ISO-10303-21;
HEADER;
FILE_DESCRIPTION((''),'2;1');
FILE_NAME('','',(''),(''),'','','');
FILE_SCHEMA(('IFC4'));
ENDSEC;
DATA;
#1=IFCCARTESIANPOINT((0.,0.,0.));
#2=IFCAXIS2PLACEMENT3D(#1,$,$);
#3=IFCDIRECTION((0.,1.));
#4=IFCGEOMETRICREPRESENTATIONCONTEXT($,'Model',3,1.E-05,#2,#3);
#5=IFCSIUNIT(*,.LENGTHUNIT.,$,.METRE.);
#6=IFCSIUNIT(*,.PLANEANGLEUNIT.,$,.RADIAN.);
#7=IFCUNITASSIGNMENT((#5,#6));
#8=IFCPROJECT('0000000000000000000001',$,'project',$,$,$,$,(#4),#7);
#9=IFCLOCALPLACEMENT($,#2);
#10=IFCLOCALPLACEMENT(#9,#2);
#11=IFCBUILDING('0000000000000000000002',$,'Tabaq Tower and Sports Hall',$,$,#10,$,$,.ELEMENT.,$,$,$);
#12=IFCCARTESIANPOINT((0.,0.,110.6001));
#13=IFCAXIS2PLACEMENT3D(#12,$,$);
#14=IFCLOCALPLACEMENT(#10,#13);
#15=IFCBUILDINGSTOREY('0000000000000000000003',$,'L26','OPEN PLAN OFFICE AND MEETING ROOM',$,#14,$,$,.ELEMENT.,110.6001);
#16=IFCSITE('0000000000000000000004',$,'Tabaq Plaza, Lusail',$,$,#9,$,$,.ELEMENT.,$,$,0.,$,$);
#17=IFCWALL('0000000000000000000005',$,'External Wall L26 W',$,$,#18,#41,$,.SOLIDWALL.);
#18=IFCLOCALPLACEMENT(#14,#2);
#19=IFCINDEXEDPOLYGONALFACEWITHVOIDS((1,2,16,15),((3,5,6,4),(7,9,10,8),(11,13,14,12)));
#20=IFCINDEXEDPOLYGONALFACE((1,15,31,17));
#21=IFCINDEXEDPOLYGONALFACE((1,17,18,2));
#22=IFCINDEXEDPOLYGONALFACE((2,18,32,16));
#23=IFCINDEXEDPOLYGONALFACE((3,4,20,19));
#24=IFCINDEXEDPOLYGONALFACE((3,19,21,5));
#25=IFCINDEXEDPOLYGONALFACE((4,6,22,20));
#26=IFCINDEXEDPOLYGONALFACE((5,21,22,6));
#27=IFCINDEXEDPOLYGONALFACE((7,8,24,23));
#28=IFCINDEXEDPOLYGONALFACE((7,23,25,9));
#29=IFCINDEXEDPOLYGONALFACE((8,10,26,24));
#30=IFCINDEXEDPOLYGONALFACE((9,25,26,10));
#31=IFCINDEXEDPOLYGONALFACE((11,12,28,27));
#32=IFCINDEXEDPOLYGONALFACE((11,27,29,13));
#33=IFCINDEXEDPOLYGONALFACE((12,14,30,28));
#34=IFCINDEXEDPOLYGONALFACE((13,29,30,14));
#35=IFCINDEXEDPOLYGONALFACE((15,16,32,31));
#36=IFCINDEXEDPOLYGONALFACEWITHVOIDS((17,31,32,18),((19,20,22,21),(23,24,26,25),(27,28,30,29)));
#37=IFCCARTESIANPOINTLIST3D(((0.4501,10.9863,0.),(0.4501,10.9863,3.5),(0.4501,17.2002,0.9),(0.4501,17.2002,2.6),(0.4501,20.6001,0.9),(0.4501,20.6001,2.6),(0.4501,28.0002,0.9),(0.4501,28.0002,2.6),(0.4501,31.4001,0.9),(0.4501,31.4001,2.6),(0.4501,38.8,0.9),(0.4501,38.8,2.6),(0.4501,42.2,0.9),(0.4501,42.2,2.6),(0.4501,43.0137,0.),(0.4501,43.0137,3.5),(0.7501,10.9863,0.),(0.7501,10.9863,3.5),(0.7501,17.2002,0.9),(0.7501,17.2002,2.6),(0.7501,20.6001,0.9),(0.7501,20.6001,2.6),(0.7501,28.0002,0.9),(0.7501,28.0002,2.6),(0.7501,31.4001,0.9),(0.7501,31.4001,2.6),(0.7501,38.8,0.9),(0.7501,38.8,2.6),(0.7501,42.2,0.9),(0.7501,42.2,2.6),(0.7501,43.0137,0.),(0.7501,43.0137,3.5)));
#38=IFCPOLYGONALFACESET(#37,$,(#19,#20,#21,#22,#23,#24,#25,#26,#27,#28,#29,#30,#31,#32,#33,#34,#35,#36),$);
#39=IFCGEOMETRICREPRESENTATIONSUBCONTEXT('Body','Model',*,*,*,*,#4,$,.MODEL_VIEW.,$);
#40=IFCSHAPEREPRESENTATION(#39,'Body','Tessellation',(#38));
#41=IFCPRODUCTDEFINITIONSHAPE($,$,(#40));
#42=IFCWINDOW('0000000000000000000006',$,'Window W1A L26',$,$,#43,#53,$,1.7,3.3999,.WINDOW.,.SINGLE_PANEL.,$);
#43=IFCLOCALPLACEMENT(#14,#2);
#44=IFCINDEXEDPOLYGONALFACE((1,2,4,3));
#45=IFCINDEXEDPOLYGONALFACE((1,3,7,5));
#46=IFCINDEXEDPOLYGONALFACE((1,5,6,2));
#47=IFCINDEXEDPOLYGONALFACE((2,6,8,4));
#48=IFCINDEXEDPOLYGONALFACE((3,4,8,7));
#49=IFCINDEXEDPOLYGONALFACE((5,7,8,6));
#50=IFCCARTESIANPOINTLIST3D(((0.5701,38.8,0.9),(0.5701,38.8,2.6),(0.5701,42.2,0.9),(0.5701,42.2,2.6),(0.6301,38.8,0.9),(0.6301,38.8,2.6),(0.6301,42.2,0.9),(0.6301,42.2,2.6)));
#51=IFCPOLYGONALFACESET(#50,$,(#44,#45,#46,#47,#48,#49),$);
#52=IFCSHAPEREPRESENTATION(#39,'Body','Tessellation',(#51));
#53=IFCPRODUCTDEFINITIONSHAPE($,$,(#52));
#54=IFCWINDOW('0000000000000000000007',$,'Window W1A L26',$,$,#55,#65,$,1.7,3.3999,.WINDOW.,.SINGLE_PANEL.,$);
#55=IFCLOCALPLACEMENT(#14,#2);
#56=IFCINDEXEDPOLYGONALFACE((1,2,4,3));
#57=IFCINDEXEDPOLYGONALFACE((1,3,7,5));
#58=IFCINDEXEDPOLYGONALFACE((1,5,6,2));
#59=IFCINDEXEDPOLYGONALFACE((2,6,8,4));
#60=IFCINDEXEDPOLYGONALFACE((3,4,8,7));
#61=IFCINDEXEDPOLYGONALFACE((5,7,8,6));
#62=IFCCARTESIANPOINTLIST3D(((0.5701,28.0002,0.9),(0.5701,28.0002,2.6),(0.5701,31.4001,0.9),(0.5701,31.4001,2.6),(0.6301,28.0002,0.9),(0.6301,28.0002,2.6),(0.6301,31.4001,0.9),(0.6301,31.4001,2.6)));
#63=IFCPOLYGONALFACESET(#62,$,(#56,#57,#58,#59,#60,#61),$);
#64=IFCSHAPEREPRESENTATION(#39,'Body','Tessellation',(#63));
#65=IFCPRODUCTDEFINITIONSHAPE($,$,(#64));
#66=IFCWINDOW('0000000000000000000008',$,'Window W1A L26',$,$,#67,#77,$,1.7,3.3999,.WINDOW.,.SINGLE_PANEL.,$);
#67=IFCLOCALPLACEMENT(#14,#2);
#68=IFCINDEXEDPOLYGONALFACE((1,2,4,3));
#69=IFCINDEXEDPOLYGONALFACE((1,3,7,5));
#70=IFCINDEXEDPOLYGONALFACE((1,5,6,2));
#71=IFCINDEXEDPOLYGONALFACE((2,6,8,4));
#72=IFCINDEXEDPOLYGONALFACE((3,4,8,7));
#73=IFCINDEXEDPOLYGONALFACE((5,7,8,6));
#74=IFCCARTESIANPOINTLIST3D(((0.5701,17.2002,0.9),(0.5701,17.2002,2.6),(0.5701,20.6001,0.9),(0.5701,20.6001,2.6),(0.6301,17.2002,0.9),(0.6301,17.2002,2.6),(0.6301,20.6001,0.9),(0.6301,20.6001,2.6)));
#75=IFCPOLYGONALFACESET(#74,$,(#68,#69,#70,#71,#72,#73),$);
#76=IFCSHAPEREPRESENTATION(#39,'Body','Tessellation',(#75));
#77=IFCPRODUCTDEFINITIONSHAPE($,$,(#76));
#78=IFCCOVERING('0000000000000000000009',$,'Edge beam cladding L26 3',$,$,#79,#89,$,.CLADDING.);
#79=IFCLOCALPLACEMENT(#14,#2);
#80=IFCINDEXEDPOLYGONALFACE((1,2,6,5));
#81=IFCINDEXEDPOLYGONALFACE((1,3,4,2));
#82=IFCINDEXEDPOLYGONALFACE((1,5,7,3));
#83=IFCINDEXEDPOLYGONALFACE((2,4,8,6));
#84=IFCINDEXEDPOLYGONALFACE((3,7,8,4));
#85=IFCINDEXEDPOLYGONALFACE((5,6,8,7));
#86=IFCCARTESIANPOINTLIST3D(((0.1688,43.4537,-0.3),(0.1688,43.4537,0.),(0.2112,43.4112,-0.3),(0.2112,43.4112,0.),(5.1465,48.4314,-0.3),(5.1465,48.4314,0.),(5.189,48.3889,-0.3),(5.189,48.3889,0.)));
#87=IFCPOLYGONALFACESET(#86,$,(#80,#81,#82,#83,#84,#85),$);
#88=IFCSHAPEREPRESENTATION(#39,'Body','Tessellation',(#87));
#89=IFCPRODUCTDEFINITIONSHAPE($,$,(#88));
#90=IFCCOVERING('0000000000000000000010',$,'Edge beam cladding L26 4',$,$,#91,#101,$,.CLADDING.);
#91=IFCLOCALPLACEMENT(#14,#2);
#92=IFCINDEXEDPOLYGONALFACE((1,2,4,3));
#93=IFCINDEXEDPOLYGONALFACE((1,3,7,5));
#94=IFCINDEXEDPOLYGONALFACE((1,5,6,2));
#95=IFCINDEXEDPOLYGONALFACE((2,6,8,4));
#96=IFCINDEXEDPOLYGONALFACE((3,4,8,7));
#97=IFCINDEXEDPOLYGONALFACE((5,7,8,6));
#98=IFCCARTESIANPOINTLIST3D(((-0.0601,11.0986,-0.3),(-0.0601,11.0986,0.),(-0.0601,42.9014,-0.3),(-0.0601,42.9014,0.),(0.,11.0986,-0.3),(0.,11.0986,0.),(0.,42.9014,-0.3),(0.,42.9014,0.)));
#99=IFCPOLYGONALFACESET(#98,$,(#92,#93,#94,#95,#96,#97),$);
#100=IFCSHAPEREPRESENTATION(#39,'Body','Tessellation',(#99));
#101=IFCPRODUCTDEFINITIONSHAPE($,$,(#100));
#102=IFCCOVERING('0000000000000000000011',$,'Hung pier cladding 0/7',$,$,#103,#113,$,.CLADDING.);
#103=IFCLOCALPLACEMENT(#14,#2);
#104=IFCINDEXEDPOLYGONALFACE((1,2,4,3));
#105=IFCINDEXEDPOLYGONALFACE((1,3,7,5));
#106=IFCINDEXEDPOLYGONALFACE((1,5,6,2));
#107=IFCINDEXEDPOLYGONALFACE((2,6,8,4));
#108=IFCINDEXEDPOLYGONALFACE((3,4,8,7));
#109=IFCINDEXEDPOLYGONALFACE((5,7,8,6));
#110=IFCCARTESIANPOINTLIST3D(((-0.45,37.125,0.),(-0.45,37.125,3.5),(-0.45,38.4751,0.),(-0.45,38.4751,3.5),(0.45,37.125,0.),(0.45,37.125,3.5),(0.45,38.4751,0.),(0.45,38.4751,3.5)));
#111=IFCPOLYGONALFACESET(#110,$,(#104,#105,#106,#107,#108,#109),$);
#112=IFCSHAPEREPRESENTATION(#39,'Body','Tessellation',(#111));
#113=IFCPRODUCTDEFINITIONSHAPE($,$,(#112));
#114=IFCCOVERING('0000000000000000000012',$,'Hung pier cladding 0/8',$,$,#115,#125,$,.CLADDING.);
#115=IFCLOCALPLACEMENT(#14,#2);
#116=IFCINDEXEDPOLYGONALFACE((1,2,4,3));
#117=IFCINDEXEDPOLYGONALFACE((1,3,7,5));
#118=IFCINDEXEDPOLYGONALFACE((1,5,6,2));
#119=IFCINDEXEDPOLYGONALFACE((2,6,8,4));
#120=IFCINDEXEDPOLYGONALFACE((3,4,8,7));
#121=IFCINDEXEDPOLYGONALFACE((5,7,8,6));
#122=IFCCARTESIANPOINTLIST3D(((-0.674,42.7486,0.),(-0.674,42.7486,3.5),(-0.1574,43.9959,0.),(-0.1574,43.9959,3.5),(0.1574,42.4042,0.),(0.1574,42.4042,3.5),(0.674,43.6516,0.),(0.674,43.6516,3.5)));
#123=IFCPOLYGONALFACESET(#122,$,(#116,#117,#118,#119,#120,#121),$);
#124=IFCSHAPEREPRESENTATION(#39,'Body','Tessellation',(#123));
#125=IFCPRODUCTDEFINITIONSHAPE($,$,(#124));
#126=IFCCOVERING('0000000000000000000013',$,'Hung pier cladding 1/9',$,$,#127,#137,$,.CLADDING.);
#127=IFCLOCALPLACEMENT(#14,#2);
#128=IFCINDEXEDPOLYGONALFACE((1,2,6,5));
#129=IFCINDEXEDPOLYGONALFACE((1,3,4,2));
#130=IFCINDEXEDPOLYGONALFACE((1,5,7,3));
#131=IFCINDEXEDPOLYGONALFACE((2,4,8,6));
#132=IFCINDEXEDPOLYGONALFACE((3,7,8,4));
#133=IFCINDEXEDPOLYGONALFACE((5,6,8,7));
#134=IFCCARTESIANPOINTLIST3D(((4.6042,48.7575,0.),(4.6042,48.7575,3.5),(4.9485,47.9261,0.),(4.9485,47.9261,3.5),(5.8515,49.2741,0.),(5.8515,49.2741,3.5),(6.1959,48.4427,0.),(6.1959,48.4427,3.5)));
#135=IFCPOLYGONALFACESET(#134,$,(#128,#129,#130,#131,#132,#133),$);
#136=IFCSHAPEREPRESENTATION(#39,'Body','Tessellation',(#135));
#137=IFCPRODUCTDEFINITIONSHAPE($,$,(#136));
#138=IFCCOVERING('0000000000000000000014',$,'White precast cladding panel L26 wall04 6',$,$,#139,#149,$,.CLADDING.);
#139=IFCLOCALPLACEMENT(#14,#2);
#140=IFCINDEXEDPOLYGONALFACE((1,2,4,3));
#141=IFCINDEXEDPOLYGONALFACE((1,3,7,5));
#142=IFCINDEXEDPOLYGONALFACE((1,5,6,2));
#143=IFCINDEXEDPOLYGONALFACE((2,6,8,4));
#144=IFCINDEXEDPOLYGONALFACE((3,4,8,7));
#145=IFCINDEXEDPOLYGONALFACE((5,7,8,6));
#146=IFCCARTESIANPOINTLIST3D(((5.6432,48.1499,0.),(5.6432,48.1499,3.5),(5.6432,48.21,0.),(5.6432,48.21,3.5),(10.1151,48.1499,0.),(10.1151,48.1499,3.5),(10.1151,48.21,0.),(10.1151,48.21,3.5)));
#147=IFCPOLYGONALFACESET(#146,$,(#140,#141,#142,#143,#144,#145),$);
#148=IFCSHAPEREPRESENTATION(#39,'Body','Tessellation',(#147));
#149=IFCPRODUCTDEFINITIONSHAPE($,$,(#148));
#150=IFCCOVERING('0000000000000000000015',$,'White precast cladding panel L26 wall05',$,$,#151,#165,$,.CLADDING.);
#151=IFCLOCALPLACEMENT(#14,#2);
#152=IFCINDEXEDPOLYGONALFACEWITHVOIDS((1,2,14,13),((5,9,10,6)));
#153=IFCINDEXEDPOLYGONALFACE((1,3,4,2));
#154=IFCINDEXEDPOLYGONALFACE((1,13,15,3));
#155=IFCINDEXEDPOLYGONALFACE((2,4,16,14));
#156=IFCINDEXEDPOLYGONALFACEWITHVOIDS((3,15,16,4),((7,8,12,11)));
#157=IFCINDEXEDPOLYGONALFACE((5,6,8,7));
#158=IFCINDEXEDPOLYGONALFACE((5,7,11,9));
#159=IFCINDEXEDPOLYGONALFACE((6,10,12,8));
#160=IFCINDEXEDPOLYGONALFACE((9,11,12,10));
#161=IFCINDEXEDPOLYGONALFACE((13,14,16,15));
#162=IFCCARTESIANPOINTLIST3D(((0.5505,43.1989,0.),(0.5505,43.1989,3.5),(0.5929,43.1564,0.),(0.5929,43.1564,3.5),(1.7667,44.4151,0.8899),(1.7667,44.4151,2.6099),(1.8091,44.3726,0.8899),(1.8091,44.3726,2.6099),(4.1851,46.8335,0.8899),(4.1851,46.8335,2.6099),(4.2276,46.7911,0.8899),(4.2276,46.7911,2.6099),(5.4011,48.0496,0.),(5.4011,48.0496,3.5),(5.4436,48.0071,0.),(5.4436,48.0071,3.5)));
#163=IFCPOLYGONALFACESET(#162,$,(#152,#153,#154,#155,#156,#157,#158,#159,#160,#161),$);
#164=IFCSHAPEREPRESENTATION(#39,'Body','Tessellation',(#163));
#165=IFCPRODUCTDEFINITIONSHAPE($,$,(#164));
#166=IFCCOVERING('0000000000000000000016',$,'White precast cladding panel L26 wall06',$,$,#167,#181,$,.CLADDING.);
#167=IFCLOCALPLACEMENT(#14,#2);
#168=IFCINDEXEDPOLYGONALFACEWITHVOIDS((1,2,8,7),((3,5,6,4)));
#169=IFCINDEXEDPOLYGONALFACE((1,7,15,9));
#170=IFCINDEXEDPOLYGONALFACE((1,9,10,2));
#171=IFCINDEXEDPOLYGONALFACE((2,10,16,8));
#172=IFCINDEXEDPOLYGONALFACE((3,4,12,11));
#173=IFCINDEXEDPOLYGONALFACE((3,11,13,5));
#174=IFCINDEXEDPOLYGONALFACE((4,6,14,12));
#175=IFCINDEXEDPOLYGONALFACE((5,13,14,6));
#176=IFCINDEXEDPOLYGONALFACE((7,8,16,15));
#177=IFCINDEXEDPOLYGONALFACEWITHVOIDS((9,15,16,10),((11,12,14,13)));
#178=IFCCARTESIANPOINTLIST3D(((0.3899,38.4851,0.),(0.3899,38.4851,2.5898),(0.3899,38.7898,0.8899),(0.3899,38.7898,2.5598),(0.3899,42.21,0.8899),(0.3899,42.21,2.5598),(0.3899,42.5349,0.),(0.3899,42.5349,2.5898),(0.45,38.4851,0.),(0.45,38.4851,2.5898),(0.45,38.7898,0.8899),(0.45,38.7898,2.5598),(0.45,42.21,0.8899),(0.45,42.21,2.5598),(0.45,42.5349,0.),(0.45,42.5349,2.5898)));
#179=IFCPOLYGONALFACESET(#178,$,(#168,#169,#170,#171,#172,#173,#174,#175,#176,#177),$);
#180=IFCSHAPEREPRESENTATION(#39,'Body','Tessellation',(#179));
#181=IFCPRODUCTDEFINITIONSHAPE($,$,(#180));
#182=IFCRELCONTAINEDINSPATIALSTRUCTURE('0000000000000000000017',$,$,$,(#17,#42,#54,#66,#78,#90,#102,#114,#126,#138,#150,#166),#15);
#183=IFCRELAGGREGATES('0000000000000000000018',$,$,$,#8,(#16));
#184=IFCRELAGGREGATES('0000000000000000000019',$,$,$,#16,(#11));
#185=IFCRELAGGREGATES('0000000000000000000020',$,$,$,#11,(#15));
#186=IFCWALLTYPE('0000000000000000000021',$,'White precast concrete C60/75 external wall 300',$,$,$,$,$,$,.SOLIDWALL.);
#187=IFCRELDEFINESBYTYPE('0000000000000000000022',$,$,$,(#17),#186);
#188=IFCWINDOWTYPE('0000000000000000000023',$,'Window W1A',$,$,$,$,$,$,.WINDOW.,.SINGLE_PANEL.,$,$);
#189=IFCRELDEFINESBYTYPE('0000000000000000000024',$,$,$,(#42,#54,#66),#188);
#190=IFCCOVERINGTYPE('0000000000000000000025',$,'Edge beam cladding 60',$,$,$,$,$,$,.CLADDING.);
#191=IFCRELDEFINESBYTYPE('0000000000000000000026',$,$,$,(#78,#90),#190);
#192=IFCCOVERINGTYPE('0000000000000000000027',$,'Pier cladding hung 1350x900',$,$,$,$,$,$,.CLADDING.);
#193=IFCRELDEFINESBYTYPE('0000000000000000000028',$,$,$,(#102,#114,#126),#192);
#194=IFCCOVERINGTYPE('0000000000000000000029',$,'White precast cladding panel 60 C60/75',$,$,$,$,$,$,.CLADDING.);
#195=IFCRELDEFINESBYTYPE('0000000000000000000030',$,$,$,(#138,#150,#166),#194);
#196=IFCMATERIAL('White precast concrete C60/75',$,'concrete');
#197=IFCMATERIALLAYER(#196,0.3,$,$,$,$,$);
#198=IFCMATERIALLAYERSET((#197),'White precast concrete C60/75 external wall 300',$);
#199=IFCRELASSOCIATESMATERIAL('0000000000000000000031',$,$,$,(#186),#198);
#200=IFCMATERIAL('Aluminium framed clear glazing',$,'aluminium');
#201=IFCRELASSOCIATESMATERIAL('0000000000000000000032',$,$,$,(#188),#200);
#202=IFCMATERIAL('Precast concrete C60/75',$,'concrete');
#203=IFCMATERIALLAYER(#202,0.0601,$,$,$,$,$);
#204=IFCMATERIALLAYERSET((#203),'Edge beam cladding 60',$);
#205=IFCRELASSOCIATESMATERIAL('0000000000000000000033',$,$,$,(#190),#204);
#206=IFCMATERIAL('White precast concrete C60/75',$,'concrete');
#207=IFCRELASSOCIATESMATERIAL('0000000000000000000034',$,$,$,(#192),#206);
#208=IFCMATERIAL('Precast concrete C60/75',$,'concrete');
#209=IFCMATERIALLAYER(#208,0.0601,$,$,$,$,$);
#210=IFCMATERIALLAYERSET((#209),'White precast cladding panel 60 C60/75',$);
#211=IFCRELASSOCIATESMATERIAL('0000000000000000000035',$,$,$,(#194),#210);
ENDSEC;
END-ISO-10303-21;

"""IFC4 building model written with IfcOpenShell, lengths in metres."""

from ifc_helpers import new_model, si_unit, direction, frame, frame_2d, origin, place, context, subcontext, project, spatial, polyline, rectangle, outline, extrude, material, layer, layer_set, type_object, element, fill, save


model = new_model("IFC4")

# Units and contexts
model_context = context("Model", 3, precision=1e-05, world=origin(), true_north=direction((0.0, 1.0)))
body_context = subcontext(model_context, "Body", "Model", "MODEL_VIEW")
ifc_project = project(units=[si_unit("LENGTHUNIT", "METRE"), si_unit("PLANEANGLEUNIT", "RADIAN")], contexts=[model_context])

# Site, building, storey
site_placement = place(None, origin())
site = spatial("IfcSite", under=ifc_project, at=site_placement, Name="Tabaq Plaza, Lusail", CompositionType="ELEMENT", RefElevation=0.0)
building_placement = place(site_placement, origin())
building = spatial("IfcBuilding", under=site, at=building_placement, Name="Tabaq Tower and Sports Hall", CompositionType="ELEMENT")
storey_placement = place(building_placement, frame((0.0, 0.0, 110.6001)))
storey = spatial("IfcBuildingStorey", under=building, at=storey_placement, Name="L26", Description="OPEN PLAN OFFICE AND MEETING ROOM", CompositionType="ELEMENT", Elevation=110.6001)

# Shared definitions
ifc_material_1 = material(Name="White precast concrete C60/75", Category="concrete")
ifc_layer_1 = layer(ifc_material_1, 0.3)
ifc_layer_set_1 = layer_set([ifc_layer_1], Name="White precast concrete C60/75 external wall 300")
wall_type_1 = type_object("IfcWallType", Name="White precast concrete C60/75 external wall 300", PredefinedType="SOLIDWALL", material=ifc_layer_set_1)
ifc_material_2 = material(Name="Aluminium framed clear glazing", Category="aluminium")
window_type = type_object("IfcWindowType", Name="Window W1A", PartitioningType="SINGLE_PANEL", PredefinedType="WINDOW", material=ifc_material_2)

# Wall, openings, windows
wall_1_placement = place(storey_placement, frame((0.6001, 43.0137, 0.0), z_axis=(0.0, 0.0, 1.0), x_axis=(0.0, -1.0, 0.0)))
wall_1 = element("IfcWall", 1, at=wall_1_placement, inside=storey, type_object=wall_type_1, Name="External Wall L26 W", PredefinedType="SOLIDWALL", context=body_context, shape_type="SweptSolid", body=[
    extrude(rectangle(XDim=32.0273, YDim=0.3, at=frame_2d((16.0137, 0.0))), origin(), (0.0, 0.0, 1.0), 3.5),
])
opening_1_placement = place(wall_1_placement, frame((0.8137, 0.0, 0.8999)))
opening_1 = element("IfcOpeningElement", 2, at=opening_1_placement, cuts=wall_1, PredefinedType="OPENING", context=body_context, shape_type="SweptSolid", body=[
    extrude(rectangle(XDim=3.3999, YDim=1.7, at=frame_2d((1.7, 0.8501))), frame((0.0, 0.1602, 0.0), z_axis=(0.0, -1.0, 0.0), x_axis=(1.0, 0.0, 0.0)), (0.0, 0.0, 1.0), 0.3201),
])
opening_2_placement = place(wall_1_placement, frame((11.6135, 0.0, 0.8999)))
opening_2 = element("IfcOpeningElement", 3, at=opening_2_placement, cuts=wall_1, PredefinedType="OPENING", context=body_context, shape_type="SweptSolid", body=[
    extrude(rectangle(XDim=3.3999, YDim=1.7, at=frame_2d((1.7, 0.8501))), frame((0.0, 0.1602, 0.0), z_axis=(0.0, -1.0, 0.0), x_axis=(1.0, 0.0, 0.0)), (0.0, 0.0, 1.0), 0.3201),
])
opening_3_placement = place(wall_1_placement, frame((22.4136, 0.0, 0.8999)))
opening_3 = element("IfcOpeningElement", 4, at=opening_3_placement, cuts=wall_1, PredefinedType="OPENING", context=body_context, shape_type="SweptSolid", body=[
    extrude(rectangle(XDim=3.3999, YDim=1.7, at=frame_2d((1.7, 0.8501))), frame((0.0, 0.1602, 0.0), z_axis=(0.0, -1.0, 0.0), x_axis=(1.0, 0.0, 0.0)), (0.0, 0.0, 1.0), 0.3201),
])
window_1_placement = place(opening_1_placement, origin())
window_1 = element("IfcWindow", 5, at=window_1_placement, inside=storey, type_object=window_type, Name="Window W1A L26", OverallHeight=1.7, OverallWidth=3.3999, PartitioningType="SINGLE_PANEL", PredefinedType="WINDOW", context=body_context, shape_type="SweptSolid", body=[
    extrude(rectangle(XDim=3.3999, YDim=1.7, at=frame_2d((1.7, 0.8501))), frame((0.0, 0.03, 0.0), z_axis=(0.0, -1.0, 0.0), x_axis=(1.0, 0.0, 0.0)), (0.0, 0.0, 1.0), 0.0601),
])
fill(opening_1, window_1)
window_2_placement = place(opening_2_placement, origin())
window_2 = element("IfcWindow", 6, at=window_2_placement, inside=storey, type_object=window_type, Name="Window W1A L26", OverallHeight=1.7, OverallWidth=3.3999, PartitioningType="SINGLE_PANEL", PredefinedType="WINDOW", context=body_context, shape_type="SweptSolid", body=[
    extrude(rectangle(XDim=3.3999, YDim=1.7, at=frame_2d((1.7, 0.8501))), frame((0.0, 0.03, 0.0), z_axis=(0.0, -1.0, 0.0), x_axis=(1.0, 0.0, 0.0)), (0.0, 0.0, 1.0), 0.0601),
])
fill(opening_2, window_2)
window_3_placement = place(opening_3_placement, origin())
window_3 = element("IfcWindow", 7, at=window_3_placement, inside=storey, type_object=window_type, Name="Window W1A L26", OverallHeight=1.7, OverallWidth=3.3999, PartitioningType="SINGLE_PANEL", PredefinedType="WINDOW", context=body_context, shape_type="SweptSolid", body=[
    extrude(rectangle(XDim=3.3999, YDim=1.7, at=frame_2d((1.7, 0.8501))), frame((0.0, 0.03, 0.0), z_axis=(0.0, -1.0, 0.0), x_axis=(1.0, 0.0, 0.0)), (0.0, 0.0, 1.0), 0.0601),
])
fill(opening_3, window_3)

# Coverings
ifc_material_3 = material(Name="Precast concrete C60/75", Category="concrete")
ifc_layer_2 = layer(ifc_material_3, 0.0601)
ifc_layer_set_2 = layer_set([ifc_layer_2], Name="Edge beam cladding 60")
covering_type_1 = type_object("IfcCoveringType", Name="Edge beam cladding 60", PredefinedType="CLADDING", material=ifc_layer_set_2)
covering_1_placement = place(storey_placement, frame((5.1677, 48.4102, -0.3), z_axis=(0.0, 0.0, 1.0), x_axis=(-0.707107, -0.707107, 0.0)))
element("IfcCovering", 8, at=covering_1_placement, inside=storey, type_object=covering_type_1, Name="Edge beam cladding L26 3", PredefinedType="CLADDING", context=body_context, shape_type="SweptSolid", body=[
    extrude(rectangle(XDim=7.0396, YDim=0.0601, at=frame_2d((3.5198, 0.0))), origin(), (0.0, 0.0, 1.0), 0.3),
])
covering_2_placement = place(storey_placement, frame((-0.03, 42.9014, -0.3), z_axis=(0.0, 0.0, 1.0), x_axis=(0.0, -1.0, 0.0)))
element("IfcCovering", 9, at=covering_2_placement, inside=storey, type_object=covering_type_1, Name="Edge beam cladding L26 4", PredefinedType="CLADDING", context=body_context, shape_type="SweptSolid", body=[
    extrude(rectangle(XDim=31.8027, YDim=0.0601, at=frame_2d((15.9014, 0.0))), origin(), (0.0, 0.0, 1.0), 0.3),
])
ifc_material_4 = material(Name="White precast concrete C60/75", Category="concrete")
covering_type_2 = type_object("IfcCoveringType", Name="Pier cladding hung 1350x900", PredefinedType="CLADDING", material=ifc_material_4)
for number, where, z_axis, x_axis, name in (
    (10, (0.0, 38.4751, 0.0), (0.0, 0.0, 1.0), (0.0, -1.0, 0.0), "Hung pier cladding 0/7"),
    (11, (0.2583, 43.8237, 0.0), (0.0, 0.0, 1.0), (-0.38265, -0.923893, 0.0), "Hung pier cladding 0/8"),
    (12, (6.0237, 48.8584, 0.0), (0.0, 0.0, 1.0), (-0.923893, -0.38265, 0.0), "Hung pier cladding 1/9"),
):
    element("IfcCovering", number, at=place(storey_placement, frame(where, z_axis=z_axis, x_axis=x_axis)), inside=storey, type_object=covering_type_2, Name=name, PredefinedType="CLADDING", context=body_context, shape_type="SweptSolid", body=[
        extrude(rectangle(XDim=1.3501, YDim=0.8999, at=frame_2d((0.675, 0.0))), origin(), (0.0, 0.0, 1.0), 3.5),
    ])
ifc_material_5 = material(Name="Precast concrete C60/75", Category="concrete")
ifc_layer_3 = layer(ifc_material_5, 0.0601)
ifc_layer_set_3 = layer_set([ifc_layer_3], Name="White precast cladding panel 60 C60/75")
covering_type_3 = type_object("IfcCoveringType", Name="White precast cladding panel 60 C60/75", PredefinedType="CLADDING", material=ifc_layer_set_3)
covering_3_placement = place(storey_placement, frame((10.115, 48.1799, 0.0), z_axis=(0.0, 0.0, 1.0), x_axis=(-1.0, 0.0, 0.0)))
element("IfcCovering", 13, at=covering_3_placement, inside=storey, type_object=covering_type_3, Name="White precast cladding panel L26 wall04 6", PredefinedType="CLADDING", context=body_context, shape_type="SweptSolid", body=[
    extrude(rectangle(XDim=4.4719, YDim=0.0601, at=frame_2d((2.2358, 0.0))), origin(), (0.0, 0.0, 1.0), 3.5),
])
covering_4_placement = place(storey_placement, frame((5.4224, 48.0283, 0.0), z_axis=(0.0, 0.0, 1.0), x_axis=(-0.707107, -0.707107, 0.0)))
element("IfcCovering", 14, at=covering_4_placement, inside=storey, type_object=covering_type_3, Name="White precast cladding panel L26 wall05", PredefinedType="CLADDING", context=body_context, shape_type="SweptSolid", body=[
    extrude(outline(polyline([(0.0, 0.0), (6.8599, 0.0), (6.8599, 3.5), (0.0, 3.5), (0.0, 0.0)]), holes=[polyline([(1.7197, 0.8899), (1.7197, 2.6099), (5.1399, 2.6099), (5.1399, 0.8899), (1.7197, 0.8899)])]), frame((0.0, 0.03, 0.0), z_axis=(0.0, -1.0, 0.0), x_axis=(1.0, 0.0, 0.0)), (0.0, 0.0, 1.0), 0.0601),
])
covering_5_placement = place(storey_placement, frame((0.4199, 42.5349, 0.0), z_axis=(0.0, 0.0, 1.0), x_axis=(0.0, -1.0, 0.0)))
element("IfcCovering", 15, at=covering_5_placement, inside=storey, type_object=covering_type_3, Name="White precast cladding panel L26 wall06", PredefinedType="CLADDING", context=body_context, shape_type="SweptSolid", body=[
    extrude(outline(polyline([(0.0, 0.0), (4.0498, 0.0), (4.0498, 2.5898), (0.0, 2.5898), (0.0, 0.0)]), holes=[polyline([(3.7451, 0.8899), (0.325, 0.8899), (0.325, 2.5598), (3.7451, 2.5598), (3.7451, 0.8899)])]), frame((0.0, 0.03, 0.0), z_axis=(0.0, -1.0, 0.0), x_axis=(1.0, 0.0, 0.0)), (0.0, 0.0, 1.0), 0.0601),
])

save(model, "model.ifc")
